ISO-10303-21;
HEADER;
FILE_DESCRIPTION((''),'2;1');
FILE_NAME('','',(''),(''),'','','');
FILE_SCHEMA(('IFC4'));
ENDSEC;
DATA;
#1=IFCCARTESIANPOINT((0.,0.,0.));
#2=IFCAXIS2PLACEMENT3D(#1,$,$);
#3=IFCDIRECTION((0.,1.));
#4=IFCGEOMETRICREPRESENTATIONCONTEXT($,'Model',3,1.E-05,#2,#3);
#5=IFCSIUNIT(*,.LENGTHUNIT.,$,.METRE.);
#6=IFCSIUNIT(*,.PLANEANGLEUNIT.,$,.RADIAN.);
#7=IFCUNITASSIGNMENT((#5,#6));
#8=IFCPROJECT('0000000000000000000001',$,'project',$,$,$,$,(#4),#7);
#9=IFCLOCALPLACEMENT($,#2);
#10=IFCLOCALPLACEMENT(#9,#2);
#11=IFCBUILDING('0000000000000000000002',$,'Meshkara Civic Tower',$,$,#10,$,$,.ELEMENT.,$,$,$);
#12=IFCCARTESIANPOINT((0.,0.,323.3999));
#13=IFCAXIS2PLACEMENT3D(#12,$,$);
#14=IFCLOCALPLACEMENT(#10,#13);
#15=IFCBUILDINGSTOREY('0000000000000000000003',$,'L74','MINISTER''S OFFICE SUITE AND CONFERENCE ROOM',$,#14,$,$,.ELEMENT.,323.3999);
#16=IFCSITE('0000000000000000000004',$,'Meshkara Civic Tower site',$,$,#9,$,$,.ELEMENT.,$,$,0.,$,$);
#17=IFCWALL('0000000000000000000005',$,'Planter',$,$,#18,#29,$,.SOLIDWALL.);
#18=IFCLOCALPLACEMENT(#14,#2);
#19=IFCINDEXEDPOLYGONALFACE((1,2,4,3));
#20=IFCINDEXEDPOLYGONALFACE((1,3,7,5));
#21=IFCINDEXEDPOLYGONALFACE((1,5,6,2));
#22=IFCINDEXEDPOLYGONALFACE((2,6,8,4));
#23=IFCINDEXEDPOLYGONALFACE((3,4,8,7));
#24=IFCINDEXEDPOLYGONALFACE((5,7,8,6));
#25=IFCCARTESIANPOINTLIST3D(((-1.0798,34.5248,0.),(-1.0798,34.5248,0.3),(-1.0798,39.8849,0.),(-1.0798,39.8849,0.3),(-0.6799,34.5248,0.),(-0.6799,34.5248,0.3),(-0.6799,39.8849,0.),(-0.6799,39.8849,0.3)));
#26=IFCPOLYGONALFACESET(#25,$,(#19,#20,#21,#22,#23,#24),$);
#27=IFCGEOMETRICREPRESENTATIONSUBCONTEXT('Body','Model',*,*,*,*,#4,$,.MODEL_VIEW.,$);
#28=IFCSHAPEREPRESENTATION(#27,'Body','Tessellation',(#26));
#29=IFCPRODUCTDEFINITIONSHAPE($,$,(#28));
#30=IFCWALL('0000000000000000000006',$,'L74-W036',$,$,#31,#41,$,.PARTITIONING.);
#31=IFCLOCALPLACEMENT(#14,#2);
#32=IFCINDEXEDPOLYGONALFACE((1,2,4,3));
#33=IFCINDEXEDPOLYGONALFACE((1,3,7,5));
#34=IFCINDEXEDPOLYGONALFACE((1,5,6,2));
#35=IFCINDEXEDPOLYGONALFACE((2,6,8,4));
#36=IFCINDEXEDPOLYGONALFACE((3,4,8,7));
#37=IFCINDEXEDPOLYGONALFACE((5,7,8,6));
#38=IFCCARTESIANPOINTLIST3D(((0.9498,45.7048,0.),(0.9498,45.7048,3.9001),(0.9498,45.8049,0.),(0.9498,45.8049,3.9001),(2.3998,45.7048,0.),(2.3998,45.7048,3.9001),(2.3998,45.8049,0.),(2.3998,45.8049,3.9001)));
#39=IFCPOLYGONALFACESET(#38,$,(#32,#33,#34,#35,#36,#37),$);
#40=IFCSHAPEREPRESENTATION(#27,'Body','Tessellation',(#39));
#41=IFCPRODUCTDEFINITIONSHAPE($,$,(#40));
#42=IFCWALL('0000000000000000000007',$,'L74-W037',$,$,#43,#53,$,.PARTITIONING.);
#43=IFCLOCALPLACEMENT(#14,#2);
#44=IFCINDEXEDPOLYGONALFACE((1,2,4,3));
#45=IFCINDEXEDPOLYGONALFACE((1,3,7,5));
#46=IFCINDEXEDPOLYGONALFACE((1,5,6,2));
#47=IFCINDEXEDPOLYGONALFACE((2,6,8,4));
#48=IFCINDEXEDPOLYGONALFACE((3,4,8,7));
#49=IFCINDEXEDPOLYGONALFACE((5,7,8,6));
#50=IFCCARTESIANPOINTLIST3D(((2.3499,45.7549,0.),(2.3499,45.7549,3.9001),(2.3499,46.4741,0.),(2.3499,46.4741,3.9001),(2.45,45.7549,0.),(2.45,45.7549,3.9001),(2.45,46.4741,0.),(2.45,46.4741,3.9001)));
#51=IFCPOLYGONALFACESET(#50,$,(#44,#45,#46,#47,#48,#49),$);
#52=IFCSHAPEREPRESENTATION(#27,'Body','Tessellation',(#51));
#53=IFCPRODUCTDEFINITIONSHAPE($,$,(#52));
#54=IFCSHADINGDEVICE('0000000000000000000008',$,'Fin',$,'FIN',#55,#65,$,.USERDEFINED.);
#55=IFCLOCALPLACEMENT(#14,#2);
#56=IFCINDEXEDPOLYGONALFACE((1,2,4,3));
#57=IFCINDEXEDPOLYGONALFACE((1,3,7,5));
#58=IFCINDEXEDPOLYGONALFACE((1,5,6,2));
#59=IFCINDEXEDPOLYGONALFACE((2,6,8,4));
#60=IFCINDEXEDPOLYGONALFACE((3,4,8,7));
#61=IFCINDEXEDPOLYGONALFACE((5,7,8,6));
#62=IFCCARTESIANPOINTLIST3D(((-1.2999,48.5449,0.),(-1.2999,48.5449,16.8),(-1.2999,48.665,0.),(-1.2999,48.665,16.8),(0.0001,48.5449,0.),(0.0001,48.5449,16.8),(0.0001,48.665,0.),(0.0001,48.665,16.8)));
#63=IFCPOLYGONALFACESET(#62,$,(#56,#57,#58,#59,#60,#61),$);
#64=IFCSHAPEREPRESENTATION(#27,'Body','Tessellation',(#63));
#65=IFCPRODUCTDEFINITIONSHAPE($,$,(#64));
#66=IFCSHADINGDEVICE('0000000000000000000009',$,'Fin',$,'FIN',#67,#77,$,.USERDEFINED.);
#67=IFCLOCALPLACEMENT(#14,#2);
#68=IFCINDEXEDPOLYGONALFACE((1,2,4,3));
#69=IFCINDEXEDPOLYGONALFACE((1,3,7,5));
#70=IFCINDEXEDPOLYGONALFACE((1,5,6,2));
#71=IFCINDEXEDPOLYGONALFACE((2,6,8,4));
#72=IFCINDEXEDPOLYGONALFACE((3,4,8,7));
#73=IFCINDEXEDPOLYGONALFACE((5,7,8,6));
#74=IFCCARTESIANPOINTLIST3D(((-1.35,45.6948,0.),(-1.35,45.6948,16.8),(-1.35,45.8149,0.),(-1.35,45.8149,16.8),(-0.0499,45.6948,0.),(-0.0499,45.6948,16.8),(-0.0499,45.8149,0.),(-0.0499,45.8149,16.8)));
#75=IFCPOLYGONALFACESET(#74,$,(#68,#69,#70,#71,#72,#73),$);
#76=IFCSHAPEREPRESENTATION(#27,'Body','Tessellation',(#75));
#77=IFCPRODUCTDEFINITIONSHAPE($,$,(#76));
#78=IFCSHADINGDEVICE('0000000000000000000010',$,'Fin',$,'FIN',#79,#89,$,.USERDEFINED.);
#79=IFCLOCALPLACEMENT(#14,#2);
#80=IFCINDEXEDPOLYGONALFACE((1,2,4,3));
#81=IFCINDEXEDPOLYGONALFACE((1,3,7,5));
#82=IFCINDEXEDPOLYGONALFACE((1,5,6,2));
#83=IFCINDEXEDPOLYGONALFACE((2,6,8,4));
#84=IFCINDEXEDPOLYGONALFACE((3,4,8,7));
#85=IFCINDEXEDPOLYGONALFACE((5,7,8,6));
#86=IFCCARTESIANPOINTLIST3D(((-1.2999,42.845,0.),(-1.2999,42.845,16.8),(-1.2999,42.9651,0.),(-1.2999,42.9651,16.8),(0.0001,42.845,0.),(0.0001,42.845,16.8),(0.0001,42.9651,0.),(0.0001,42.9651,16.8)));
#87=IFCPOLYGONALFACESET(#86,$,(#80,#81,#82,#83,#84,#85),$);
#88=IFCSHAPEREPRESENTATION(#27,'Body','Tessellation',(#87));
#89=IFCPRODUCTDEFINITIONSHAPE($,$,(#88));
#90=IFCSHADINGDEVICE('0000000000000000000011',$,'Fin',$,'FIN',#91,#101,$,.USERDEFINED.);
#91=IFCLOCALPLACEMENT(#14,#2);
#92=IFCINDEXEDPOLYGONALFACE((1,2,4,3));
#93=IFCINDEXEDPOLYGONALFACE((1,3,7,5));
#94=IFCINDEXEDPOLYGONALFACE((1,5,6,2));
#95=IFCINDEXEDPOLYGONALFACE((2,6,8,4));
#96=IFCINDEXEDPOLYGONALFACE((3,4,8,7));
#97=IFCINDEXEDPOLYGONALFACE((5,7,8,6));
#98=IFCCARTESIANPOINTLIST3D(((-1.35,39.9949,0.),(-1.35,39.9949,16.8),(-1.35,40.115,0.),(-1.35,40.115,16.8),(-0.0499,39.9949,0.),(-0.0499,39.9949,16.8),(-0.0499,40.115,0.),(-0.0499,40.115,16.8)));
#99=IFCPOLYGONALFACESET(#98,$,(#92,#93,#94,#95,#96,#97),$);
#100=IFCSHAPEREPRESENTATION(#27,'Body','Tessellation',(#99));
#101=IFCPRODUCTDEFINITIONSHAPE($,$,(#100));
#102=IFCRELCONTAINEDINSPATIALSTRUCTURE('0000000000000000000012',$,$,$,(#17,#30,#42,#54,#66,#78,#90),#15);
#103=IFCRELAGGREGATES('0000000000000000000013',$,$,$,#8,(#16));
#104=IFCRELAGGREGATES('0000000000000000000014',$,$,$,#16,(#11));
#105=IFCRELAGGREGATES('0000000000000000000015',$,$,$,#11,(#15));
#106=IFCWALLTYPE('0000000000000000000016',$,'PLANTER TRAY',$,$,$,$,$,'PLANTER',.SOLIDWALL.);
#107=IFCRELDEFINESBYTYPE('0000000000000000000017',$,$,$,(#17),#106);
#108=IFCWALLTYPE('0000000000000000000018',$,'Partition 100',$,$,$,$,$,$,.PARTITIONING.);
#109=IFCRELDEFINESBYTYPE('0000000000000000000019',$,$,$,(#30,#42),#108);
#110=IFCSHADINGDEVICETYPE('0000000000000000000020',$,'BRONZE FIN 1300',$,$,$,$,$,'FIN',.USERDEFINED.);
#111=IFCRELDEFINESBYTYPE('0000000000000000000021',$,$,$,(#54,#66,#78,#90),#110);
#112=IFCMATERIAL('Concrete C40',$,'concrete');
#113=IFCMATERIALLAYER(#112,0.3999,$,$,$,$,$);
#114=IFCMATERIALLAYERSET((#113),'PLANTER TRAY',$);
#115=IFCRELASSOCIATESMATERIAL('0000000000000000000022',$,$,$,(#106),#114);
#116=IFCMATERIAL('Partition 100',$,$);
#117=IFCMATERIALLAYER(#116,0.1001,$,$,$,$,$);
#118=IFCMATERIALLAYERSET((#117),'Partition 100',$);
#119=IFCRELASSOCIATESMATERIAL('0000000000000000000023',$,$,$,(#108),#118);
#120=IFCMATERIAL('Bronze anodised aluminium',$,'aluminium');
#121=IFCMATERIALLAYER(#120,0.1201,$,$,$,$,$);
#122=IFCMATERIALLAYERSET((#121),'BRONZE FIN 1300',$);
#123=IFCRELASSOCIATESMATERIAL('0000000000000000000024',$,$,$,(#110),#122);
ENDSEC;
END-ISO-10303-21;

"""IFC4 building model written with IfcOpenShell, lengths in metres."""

from ifc_helpers import new_model, si_unit, direction, frame, frame_2d, origin, origin_2d, place, context, subcontext, project, spatial, rectangle, extrude, material, layer, layer_set, type_object, element, save


model = new_model("IFC4")

# Units and contexts
model_context = context("Model", 3, precision=1e-05, world=origin(), true_north=direction((0.0, 1.0)))
body_context = subcontext(model_context, "Body", "Model", "MODEL_VIEW")
ifc_project = project(units=[si_unit("LENGTHUNIT", "METRE"), si_unit("PLANEANGLEUNIT", "RADIAN")], contexts=[model_context])

# Site, building, storey
site_placement = place(None, origin())
site = spatial("IfcSite", under=ifc_project, at=site_placement, Name="Meshkara Civic Tower site", CompositionType="ELEMENT", RefElevation=0.0)
building_placement = place(site_placement, origin())
building = spatial("IfcBuilding", under=site, at=building_placement, Name="Meshkara Civic Tower", CompositionType="ELEMENT")
storey_placement = place(building_placement, frame((0.0, 0.0, 323.3999)))
storey = spatial("IfcBuildingStorey", under=building, at=storey_placement, Name="L74", Description="MINISTER'S OFFICE SUITE AND CONFERENCE ROOM", CompositionType="ELEMENT", Elevation=323.3999)

# Walls
ifc_material_1 = material(Name="Concrete C40", Category="concrete")
ifc_layer_1 = layer(ifc_material_1, 0.3999)
ifc_layer_set_1 = layer_set([ifc_layer_1], Name="PLANTER TRAY")
wall_type_1 = type_object("IfcWallType", Name="PLANTER TRAY", ElementType="PLANTER", PredefinedType="SOLIDWALL", material=ifc_layer_set_1)
wall_1_placement = place(storey_placement, frame((-0.8799, 39.885, 0.0), z_axis=(0.0, 0.0, 1.0), x_axis=(0.0, -1.0, 0.0)))
element("IfcWall", 1, at=wall_1_placement, inside=storey, type_object=wall_type_1, Name="Planter", PredefinedType="SOLIDWALL", context=body_context, shape_type="SweptSolid", body=[
    extrude(rectangle(XDim=5.3601, YDim=0.3999, at=frame_2d((2.6802, 0.0))), origin(), (0.0, 0.0, 1.0), 0.3),
])
ifc_material_2 = material(Name="Partition 100")
ifc_layer_2 = layer(ifc_material_2, 0.1001)
ifc_layer_set_2 = layer_set([ifc_layer_2], Name="Partition 100")
wall_type_2 = type_object("IfcWallType", Name="Partition 100", PredefinedType="PARTITIONING", material=ifc_layer_set_2)
wall_2_placement = place(storey_placement, frame((2.3999, 45.7549, 0.0), z_axis=(0.0, 0.0, 1.0), x_axis=(-1.0, 0.0, 0.0)))
element("IfcWall", 2, at=wall_2_placement, inside=storey, type_object=wall_type_2, Name="L74-W036", PredefinedType="PARTITIONING", context=body_context, shape_type="SweptSolid", body=[
    extrude(rectangle(XDim=1.45, YDim=0.1001, at=frame_2d((0.7251, 0.0))), origin(), (0.0, 0.0, 1.0), 3.9001),
])
wall_3_placement = place(storey_placement, frame((2.3999, 46.4741, 0.0), z_axis=(0.0, 0.0, 1.0), x_axis=(0.0, -1.0, 0.0)))
element("IfcWall", 3, at=wall_3_placement, inside=storey, type_object=wall_type_2, Name="L74-W037", PredefinedType="PARTITIONING", context=body_context, shape_type="SweptSolid", body=[
    extrude(rectangle(XDim=0.7192, YDim=0.1001, at=frame_2d((0.3596, 0.0))), origin(), (0.0, 0.0, 1.0), 3.9001),
])

# Shading devices
ifc_material_3 = material(Name="Bronze anodised aluminium", Category="aluminium")
ifc_layer_3 = layer(ifc_material_3, 0.1201)
ifc_layer_set_3 = layer_set([ifc_layer_3], Name="BRONZE FIN 1300")
shading_device_type = type_object("IfcShadingDeviceType", Name="BRONZE FIN 1300", ElementType="FIN", PredefinedType="USERDEFINED", material=ifc_layer_set_3)
for number, where, z_axis, x_axis, name in (
    (4, (-0.6499, 48.605, 0.0), (0.0, 0.0, 1.0), (0.0, -1.0, 0.0), "Fin"),
    (5, (-0.7, 45.7549, 0.0), (0.0, 0.0, 1.0), (0.0, -1.0, 0.0), "Fin"),
    (6, (-0.6499, 42.905, 0.0), (0.0, 0.0, 1.0), (0.0, -1.0, 0.0), "Fin"),
    (7, (-0.7, 40.0549, 0.0), (0.0, 0.0, 1.0), (0.0, -1.0, 0.0), "Fin"),
):
    element("IfcShadingDevice", number, at=place(storey_placement, frame(where, z_axis=z_axis, x_axis=x_axis)), inside=storey, type_object=shading_device_type, Name=name, ObjectType="FIN", PredefinedType="USERDEFINED", context=body_context, shape_type="SweptSolid", body=[
        extrude(rectangle(XDim=0.1201, YDim=1.3, at=origin_2d()), origin(), (0.0, 0.0, 1.0), 16.8),
    ])

save(model, "model.ifc")
